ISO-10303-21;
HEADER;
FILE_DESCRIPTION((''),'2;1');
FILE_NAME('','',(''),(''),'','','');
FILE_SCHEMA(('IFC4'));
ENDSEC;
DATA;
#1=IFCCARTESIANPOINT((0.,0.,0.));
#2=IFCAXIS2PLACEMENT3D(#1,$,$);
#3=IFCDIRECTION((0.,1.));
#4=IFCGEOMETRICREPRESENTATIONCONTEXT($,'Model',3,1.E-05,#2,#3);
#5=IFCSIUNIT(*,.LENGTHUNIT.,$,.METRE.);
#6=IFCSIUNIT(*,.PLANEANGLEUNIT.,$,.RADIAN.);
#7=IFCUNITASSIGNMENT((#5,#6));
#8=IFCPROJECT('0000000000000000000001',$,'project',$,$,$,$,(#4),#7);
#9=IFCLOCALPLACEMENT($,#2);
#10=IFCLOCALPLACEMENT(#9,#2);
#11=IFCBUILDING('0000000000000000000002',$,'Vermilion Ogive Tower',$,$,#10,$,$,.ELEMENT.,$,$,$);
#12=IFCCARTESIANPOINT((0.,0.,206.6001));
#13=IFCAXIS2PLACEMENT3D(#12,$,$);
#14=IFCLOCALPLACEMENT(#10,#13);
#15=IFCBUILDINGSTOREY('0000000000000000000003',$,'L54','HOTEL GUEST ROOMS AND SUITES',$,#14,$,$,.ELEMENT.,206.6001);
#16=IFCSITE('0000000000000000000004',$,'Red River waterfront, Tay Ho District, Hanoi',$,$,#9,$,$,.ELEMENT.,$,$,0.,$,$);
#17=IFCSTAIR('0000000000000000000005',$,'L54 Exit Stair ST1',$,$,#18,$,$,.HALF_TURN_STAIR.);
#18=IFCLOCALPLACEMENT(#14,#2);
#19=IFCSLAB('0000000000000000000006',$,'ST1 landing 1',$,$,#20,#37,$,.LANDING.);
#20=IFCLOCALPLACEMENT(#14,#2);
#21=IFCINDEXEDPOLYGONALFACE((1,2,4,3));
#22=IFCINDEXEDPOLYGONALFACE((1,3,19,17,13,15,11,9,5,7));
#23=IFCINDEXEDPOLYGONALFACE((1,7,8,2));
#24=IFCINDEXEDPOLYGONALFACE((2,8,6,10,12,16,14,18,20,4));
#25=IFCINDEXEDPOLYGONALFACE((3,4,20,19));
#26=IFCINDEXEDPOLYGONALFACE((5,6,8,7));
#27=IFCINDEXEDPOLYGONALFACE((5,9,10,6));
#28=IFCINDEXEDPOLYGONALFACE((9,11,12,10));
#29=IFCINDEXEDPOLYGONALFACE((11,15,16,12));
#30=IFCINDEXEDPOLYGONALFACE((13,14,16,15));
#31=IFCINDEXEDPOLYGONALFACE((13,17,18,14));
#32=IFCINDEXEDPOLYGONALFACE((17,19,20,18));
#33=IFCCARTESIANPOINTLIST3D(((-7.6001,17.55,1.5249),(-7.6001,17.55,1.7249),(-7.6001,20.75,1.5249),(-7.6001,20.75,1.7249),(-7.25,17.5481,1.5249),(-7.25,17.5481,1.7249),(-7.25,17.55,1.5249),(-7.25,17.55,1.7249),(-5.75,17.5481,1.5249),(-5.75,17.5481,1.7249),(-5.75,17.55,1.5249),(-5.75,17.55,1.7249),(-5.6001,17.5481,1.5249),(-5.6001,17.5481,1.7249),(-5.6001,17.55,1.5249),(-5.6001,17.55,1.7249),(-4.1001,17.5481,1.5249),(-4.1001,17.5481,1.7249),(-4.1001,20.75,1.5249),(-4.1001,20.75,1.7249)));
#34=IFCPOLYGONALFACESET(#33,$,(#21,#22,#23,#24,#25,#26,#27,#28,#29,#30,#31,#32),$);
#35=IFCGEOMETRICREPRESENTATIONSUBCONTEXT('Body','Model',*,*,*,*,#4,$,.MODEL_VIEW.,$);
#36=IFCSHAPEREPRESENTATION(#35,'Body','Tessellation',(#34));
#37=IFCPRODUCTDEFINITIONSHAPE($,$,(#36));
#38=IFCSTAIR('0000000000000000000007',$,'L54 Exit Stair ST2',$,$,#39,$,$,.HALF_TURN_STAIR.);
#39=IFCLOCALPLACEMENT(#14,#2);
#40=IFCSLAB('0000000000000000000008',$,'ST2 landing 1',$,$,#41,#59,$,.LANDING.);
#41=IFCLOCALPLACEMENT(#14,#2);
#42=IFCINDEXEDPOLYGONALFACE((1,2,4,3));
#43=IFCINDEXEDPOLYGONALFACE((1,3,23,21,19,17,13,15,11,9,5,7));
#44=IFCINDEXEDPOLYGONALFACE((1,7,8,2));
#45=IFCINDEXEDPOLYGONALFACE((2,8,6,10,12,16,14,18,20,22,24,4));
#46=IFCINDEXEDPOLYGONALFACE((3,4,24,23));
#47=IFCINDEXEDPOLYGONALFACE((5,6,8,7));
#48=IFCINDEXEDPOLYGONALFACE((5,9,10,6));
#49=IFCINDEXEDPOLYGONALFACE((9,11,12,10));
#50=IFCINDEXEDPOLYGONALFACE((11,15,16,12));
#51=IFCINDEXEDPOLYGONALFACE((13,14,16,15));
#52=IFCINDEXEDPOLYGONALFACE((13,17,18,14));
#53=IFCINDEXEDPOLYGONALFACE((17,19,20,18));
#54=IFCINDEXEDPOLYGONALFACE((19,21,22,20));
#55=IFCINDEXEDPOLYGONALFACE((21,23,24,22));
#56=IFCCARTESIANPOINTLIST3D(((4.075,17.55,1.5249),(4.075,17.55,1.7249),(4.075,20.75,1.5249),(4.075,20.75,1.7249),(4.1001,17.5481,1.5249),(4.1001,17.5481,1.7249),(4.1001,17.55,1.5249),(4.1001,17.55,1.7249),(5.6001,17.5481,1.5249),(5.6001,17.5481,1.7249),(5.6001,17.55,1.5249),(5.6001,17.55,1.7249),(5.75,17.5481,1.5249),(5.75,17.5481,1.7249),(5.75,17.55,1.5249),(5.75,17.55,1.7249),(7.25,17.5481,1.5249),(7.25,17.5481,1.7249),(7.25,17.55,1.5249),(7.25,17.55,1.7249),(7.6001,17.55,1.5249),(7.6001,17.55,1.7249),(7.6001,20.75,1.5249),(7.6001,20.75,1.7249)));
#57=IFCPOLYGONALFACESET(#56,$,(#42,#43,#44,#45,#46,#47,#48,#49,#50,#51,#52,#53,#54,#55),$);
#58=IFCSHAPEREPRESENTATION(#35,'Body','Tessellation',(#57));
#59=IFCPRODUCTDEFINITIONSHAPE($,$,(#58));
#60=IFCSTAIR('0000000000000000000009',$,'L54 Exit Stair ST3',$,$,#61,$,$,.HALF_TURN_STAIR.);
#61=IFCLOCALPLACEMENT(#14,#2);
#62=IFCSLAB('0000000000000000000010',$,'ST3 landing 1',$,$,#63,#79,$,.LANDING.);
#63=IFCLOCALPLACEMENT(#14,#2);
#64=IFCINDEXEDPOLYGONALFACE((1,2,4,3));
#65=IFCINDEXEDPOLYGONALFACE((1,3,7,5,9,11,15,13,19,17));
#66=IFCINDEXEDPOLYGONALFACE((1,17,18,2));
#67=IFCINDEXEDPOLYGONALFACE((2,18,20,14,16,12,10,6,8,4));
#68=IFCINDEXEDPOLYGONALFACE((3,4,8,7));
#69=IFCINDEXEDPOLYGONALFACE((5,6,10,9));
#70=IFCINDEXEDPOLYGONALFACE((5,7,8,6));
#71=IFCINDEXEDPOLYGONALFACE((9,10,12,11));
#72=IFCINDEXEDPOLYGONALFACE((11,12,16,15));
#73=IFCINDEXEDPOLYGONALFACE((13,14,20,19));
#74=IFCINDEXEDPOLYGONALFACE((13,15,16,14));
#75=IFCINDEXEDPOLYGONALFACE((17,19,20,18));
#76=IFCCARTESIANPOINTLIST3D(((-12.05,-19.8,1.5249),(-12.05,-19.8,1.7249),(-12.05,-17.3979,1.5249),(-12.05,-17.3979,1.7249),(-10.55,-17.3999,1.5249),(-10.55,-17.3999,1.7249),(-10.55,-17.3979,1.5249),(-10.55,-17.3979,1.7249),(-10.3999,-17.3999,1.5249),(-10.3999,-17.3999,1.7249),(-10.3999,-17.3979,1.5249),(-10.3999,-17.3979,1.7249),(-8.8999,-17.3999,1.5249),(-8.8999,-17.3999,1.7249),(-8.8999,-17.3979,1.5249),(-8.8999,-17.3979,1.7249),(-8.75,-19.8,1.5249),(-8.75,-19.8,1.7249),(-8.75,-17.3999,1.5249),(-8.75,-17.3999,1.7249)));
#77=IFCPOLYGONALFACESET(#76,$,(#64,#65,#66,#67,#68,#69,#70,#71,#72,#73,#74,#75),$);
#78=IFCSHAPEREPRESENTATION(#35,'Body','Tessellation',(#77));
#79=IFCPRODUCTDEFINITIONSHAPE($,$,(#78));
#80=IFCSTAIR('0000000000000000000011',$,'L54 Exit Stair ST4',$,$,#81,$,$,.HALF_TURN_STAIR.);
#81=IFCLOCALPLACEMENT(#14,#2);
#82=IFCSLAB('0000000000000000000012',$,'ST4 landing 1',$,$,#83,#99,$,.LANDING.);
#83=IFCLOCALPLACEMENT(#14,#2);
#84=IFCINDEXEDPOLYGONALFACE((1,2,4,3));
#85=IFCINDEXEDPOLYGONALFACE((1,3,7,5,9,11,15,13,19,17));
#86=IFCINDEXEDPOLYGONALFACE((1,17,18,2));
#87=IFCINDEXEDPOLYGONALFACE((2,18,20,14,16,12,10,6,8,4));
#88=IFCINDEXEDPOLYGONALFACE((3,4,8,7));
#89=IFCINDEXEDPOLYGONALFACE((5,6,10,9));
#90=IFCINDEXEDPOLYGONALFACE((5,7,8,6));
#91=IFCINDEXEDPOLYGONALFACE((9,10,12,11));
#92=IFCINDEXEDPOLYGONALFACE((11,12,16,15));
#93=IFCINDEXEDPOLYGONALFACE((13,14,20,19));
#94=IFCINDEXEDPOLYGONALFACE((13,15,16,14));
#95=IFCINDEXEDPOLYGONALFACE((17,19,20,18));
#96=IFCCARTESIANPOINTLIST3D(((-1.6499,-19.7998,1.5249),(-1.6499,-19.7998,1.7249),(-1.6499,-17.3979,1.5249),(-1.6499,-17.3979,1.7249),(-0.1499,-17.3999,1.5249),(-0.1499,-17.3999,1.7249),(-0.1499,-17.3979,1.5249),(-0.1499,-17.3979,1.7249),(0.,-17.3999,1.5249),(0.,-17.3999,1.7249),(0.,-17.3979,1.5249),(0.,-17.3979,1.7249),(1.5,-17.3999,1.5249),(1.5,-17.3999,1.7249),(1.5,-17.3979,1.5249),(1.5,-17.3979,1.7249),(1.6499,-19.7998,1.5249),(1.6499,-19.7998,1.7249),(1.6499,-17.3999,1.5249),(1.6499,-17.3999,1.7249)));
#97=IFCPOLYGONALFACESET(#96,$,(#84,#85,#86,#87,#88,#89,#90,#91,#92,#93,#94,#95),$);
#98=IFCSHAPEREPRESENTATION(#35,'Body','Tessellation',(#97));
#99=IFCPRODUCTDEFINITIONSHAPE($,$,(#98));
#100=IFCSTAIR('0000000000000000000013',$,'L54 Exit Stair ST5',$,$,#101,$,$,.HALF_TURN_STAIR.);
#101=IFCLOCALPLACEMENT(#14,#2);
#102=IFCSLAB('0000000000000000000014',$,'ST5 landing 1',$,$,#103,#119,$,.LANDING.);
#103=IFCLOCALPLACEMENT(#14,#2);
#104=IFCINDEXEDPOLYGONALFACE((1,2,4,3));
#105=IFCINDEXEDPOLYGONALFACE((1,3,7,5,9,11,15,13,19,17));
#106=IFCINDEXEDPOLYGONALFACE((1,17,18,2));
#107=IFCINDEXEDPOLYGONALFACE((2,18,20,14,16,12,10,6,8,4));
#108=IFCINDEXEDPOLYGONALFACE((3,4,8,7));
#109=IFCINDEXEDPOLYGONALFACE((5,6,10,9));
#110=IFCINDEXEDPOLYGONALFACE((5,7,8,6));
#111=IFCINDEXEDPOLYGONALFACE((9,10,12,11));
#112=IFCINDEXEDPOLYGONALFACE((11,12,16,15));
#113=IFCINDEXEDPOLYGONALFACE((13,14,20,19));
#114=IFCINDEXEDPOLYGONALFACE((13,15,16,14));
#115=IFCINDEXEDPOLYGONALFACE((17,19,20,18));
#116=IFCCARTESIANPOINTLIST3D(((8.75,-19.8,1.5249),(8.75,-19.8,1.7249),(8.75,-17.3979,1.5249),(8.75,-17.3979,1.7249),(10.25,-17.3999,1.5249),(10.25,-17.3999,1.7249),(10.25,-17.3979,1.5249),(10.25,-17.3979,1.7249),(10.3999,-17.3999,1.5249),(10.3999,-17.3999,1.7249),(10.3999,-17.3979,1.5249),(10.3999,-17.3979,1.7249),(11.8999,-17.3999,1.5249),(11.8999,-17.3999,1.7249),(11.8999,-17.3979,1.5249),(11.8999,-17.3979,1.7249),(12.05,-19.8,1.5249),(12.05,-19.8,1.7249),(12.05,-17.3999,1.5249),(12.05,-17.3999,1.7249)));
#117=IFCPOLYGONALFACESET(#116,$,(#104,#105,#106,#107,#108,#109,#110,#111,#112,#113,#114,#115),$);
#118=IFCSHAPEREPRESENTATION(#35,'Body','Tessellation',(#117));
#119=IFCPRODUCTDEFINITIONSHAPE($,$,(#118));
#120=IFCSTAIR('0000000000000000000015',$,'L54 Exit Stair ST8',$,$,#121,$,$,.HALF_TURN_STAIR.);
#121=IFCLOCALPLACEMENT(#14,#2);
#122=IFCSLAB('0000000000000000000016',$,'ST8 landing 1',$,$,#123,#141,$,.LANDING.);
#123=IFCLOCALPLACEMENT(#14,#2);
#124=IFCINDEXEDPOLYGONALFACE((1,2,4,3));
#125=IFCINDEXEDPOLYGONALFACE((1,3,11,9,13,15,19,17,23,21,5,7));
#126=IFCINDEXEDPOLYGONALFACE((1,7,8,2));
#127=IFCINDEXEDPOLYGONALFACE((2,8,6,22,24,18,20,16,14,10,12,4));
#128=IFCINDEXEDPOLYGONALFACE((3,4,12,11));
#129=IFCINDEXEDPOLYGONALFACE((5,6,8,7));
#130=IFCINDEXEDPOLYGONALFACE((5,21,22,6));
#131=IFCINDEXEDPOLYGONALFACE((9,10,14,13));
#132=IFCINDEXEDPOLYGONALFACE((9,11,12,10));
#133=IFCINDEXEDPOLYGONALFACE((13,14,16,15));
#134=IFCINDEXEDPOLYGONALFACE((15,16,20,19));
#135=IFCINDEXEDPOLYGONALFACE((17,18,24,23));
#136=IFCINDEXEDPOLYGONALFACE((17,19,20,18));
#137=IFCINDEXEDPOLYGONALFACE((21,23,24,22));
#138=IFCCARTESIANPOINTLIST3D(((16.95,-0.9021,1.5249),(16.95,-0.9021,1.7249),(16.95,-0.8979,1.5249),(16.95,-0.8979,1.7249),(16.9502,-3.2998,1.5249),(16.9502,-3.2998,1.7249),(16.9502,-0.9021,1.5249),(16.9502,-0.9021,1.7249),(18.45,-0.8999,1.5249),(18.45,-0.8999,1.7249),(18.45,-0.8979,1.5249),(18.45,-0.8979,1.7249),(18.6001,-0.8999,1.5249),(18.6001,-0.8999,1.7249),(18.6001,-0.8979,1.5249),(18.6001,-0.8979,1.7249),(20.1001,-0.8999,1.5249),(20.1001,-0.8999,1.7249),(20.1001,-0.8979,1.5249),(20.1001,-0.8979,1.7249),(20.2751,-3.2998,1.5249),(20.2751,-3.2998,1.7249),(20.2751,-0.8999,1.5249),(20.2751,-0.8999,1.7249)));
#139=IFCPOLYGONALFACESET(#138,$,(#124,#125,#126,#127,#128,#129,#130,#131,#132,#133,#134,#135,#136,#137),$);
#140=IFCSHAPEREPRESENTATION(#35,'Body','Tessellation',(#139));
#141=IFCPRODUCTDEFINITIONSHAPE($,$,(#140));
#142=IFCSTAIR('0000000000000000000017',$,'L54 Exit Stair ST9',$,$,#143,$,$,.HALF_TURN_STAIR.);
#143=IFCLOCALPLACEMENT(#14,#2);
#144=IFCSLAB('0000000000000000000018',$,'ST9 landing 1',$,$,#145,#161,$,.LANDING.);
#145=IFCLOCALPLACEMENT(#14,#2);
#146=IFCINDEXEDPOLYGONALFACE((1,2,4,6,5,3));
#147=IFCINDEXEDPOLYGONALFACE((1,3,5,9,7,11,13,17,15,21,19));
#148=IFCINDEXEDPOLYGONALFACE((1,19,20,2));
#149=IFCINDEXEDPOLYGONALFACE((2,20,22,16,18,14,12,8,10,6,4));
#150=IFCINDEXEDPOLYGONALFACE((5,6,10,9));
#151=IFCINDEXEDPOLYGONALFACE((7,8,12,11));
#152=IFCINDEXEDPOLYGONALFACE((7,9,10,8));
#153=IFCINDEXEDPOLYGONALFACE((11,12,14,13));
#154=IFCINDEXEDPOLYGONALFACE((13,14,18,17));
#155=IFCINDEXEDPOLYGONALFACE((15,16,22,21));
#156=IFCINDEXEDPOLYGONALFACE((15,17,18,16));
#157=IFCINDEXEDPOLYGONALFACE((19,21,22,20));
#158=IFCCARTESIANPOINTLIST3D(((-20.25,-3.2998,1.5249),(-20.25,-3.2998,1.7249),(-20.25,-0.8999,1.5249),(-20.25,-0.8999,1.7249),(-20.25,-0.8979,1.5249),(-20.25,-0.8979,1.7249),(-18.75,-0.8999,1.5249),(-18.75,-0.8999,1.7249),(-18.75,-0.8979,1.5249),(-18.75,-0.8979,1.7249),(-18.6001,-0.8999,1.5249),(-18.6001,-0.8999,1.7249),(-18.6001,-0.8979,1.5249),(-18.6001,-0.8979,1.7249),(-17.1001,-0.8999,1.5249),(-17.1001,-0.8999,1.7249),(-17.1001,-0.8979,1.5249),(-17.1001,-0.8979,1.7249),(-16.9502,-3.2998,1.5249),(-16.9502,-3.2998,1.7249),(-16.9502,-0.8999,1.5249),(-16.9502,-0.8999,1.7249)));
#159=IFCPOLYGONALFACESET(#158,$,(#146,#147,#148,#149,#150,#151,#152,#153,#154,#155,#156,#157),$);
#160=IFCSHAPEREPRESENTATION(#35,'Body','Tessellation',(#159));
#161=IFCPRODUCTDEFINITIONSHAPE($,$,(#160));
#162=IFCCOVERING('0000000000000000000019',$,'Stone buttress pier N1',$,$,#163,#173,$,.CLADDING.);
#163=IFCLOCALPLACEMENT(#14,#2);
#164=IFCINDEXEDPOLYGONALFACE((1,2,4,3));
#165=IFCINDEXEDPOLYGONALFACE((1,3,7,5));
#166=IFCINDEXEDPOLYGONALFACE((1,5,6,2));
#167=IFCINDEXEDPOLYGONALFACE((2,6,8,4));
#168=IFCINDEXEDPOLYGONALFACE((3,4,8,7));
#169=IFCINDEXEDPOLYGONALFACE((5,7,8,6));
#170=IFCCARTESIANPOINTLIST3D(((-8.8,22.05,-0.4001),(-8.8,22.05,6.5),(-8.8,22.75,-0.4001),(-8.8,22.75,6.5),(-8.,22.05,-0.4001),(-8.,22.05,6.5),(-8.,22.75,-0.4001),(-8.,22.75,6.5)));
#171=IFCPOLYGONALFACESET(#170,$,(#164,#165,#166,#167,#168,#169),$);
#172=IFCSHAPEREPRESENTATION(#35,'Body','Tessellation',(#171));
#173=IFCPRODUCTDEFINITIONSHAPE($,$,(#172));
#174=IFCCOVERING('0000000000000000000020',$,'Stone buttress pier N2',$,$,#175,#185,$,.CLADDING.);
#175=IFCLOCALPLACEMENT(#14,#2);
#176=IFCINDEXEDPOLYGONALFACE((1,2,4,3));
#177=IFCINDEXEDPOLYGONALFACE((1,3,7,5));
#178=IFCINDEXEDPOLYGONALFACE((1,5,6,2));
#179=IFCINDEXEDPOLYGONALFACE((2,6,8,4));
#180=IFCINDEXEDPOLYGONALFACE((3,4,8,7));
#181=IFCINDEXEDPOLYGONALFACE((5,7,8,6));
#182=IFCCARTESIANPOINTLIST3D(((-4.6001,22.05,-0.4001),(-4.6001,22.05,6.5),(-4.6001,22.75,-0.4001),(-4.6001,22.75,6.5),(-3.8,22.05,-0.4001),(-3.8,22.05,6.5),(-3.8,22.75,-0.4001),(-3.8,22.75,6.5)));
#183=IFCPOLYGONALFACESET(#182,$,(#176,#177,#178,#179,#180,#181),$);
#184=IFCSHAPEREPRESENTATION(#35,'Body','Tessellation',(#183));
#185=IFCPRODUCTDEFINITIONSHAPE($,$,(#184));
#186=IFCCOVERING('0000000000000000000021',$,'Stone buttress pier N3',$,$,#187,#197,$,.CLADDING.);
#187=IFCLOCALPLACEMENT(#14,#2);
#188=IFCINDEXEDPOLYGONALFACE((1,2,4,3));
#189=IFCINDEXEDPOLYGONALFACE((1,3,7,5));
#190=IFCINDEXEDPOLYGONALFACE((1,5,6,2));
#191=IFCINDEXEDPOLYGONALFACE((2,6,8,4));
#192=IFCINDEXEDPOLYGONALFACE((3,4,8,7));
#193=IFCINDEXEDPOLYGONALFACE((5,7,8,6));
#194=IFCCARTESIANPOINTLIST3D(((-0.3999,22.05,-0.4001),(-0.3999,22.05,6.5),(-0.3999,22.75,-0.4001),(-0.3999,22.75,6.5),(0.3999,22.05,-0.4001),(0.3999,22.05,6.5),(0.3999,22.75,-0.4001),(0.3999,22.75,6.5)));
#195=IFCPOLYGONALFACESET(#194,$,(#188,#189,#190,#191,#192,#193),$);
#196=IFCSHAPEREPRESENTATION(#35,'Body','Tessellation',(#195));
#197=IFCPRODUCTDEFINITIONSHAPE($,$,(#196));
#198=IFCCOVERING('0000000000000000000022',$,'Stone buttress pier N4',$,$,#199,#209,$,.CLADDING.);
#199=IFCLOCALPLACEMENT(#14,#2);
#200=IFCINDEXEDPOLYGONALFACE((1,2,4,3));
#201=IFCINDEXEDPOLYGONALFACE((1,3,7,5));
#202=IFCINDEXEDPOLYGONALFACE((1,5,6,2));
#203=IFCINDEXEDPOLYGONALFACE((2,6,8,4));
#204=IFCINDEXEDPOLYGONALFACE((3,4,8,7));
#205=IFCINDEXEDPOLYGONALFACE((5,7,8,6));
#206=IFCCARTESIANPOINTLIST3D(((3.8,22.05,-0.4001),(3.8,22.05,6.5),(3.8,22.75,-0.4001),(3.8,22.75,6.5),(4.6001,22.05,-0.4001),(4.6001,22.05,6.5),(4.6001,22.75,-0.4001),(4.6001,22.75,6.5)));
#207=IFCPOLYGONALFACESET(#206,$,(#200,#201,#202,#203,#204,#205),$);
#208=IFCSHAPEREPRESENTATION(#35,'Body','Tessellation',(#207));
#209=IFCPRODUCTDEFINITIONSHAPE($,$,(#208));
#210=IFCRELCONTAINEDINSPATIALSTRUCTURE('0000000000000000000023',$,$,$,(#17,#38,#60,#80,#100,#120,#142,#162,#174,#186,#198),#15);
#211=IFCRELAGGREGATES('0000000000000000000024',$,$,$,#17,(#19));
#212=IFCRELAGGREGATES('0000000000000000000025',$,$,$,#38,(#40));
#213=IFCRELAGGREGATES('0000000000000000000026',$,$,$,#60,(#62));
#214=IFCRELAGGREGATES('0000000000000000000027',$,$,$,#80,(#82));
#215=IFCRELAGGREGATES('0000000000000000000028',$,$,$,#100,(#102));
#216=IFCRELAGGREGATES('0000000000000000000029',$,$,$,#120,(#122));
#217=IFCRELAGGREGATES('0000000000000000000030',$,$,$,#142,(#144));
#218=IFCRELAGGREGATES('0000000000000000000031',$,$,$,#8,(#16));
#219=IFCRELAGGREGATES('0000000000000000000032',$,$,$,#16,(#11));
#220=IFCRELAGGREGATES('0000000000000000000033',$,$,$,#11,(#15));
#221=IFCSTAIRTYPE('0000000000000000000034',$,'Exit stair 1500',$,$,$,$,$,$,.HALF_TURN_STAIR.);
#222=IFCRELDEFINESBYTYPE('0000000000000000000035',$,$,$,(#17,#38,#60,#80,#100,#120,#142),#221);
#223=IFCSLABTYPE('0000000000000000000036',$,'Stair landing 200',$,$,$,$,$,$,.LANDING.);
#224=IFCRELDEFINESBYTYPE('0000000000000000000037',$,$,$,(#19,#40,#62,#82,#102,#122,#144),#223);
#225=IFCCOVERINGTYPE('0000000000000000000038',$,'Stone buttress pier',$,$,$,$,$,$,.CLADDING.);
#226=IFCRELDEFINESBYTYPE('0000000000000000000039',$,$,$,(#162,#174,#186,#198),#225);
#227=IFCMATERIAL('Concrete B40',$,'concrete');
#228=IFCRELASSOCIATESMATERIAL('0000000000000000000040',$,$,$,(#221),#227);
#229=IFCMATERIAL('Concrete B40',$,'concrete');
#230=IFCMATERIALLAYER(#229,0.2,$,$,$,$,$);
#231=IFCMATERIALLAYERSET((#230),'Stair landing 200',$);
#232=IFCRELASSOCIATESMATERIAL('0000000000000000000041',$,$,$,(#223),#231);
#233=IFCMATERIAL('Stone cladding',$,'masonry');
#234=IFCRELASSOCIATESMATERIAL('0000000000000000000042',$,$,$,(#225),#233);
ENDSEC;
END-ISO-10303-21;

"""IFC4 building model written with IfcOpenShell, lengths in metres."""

from ifc_helpers import new_model, si_unit, direction, frame, origin, place, context, subcontext, project, spatial, polyline, outline, extrude, material, layer, layer_set, type_object, element, aggregate, save


model = new_model("IFC4")

# Units and contexts
model_context = context("Model", 3, precision=1e-05, world=origin(), true_north=direction((0.0, 1.0)))
body_context = subcontext(model_context, "Body", "Model", "MODEL_VIEW")
ifc_project = project(units=[si_unit("LENGTHUNIT", "METRE"), si_unit("PLANEANGLEUNIT", "RADIAN")], contexts=[model_context])

# Site, building, storey
site_placement = place(None, origin())
site = spatial("IfcSite", under=ifc_project, at=site_placement, Name="Red River waterfront, Tay Ho District, Hanoi", CompositionType="ELEMENT", RefElevation=0.0)
building_placement = place(site_placement, origin())
building = spatial("IfcBuilding", under=site, at=building_placement, Name="Vermilion Ogive Tower", CompositionType="ELEMENT")
storey_placement = place(building_placement, frame((0.0, 0.0, 206.6001)))
storey = spatial("IfcBuildingStorey", under=building, at=storey_placement, Name="L54", Description="HOTEL GUEST ROOMS AND SUITES", CompositionType="ELEMENT", Elevation=206.6001)

# Stairs, slabs
ifc_material_1 = material(Name="Concrete B40", Category="concrete")
stair_type = type_object("IfcStairType", Name="Exit stair 1500", PredefinedType="HALF_TURN_STAIR", material=ifc_material_1)
stair_1_placement = place(storey_placement, origin())
stair_1 = element("IfcStair", 1, at=stair_1_placement, inside=storey, type_object=stair_type, Name="L54 Exit Stair ST1", PredefinedType="HALF_TURN_STAIR")
ifc_material_2 = material(Name="Concrete B40", Category="concrete")
ifc_layer = layer(ifc_material_2, 0.2)
ifc_layer_set = layer_set([ifc_layer], Name="Stair landing 200")
slab_type = type_object("IfcSlabType", Name="Stair landing 200", PredefinedType="LANDING", material=ifc_layer_set)
slab_1_placement = place(storey_placement, frame((0.0, 0.0, 1.5249)))
slab_1 = element("IfcSlab", 2, at=slab_1_placement, type_object=slab_type, Name="ST1 landing 1", PredefinedType="LANDING", context=body_context, shape_type="SweptSolid", body=[
    extrude(outline(polyline([(-7.6001, 17.55), (-7.25, 17.55), (-7.25, 17.5481), (-5.75, 17.5481), (-5.75, 17.55), (-5.6001, 17.55), (-5.6001, 17.5481), (-4.1001, 17.5481), (-4.1001, 20.75), (-7.6001, 20.75), (-7.6001, 17.55)])), origin(), (0.0, 0.0, 1.0), 0.2),
])
aggregate(stair_1, [slab_1])
stair_2_placement = place(storey_placement, origin())
stair_2 = element("IfcStair", 3, at=stair_2_placement, inside=storey, type_object=stair_type, Name="L54 Exit Stair ST2", PredefinedType="HALF_TURN_STAIR")
slab_2_placement = place(storey_placement, frame((0.0, 0.0, 1.5249)))
slab_2 = element("IfcSlab", 4, at=slab_2_placement, type_object=slab_type, Name="ST2 landing 1", PredefinedType="LANDING", context=body_context, shape_type="SweptSolid", body=[
    extrude(outline(polyline([(5.6001, 17.55), (5.75, 17.55), (5.75, 17.5481), (7.25, 17.5481), (7.25, 17.55), (7.6001, 17.55), (7.6001, 20.75), (4.075, 20.75), (4.075, 17.55), (4.1001, 17.55), (4.1001, 17.5481), (5.6001, 17.5481), (5.6001, 17.55)])), origin(), (0.0, 0.0, 1.0), 0.2),
])
aggregate(stair_2, [slab_2])
stair_3_placement = place(storey_placement, origin())
stair_3 = element("IfcStair", 5, at=stair_3_placement, inside=storey, type_object=stair_type, Name="L54 Exit Stair ST3", PredefinedType="HALF_TURN_STAIR")
slab_3_placement = place(storey_placement, frame((0.0, 0.0, 1.5249)))
slab_3 = element("IfcSlab", 6, at=slab_3_placement, type_object=slab_type, Name="ST3 landing 1", PredefinedType="LANDING", context=body_context, shape_type="SweptSolid", body=[
    extrude(outline(polyline([(-8.75, -17.3999), (-8.8999, -17.3999), (-8.8999, -17.3979), (-10.3999, -17.3979), (-10.3999, -17.3999), (-10.55, -17.3999), (-10.55, -17.3979), (-12.05, -17.3979), (-12.05, -19.8), (-8.75, -19.8), (-8.75, -17.3999)])), origin(), (0.0, 0.0, 1.0), 0.2),
])
aggregate(stair_3, [slab_3])
stair_4_placement = place(storey_placement, origin())
stair_4 = element("IfcStair", 7, at=stair_4_placement, inside=storey, type_object=stair_type, Name="L54 Exit Stair ST4", PredefinedType="HALF_TURN_STAIR")
slab_4_placement = place(storey_placement, frame((0.0, 0.0, 1.5249)))
slab_4 = element("IfcSlab", 8, at=slab_4_placement, type_object=slab_type, Name="ST4 landing 1", PredefinedType="LANDING", context=body_context, shape_type="SweptSolid", body=[
    extrude(outline(polyline([(1.6499, -17.3999), (1.5, -17.3999), (1.5, -17.3979), (0.0, -17.3979), (0.0, -17.3999), (-0.1499, -17.3999), (-0.1499, -17.3979), (-1.6499, -17.3979), (-1.6499, -19.7998), (1.6499, -19.7998), (1.6499, -17.3999)])), origin(), (0.0, 0.0, 1.0), 0.2),
])
aggregate(stair_4, [slab_4])
stair_5_placement = place(storey_placement, origin())
stair_5 = element("IfcStair", 9, at=stair_5_placement, inside=storey, type_object=stair_type, Name="L54 Exit Stair ST5", PredefinedType="HALF_TURN_STAIR")
slab_5_placement = place(storey_placement, frame((0.0, 0.0, 1.5249)))
slab_5 = element("IfcSlab", 10, at=slab_5_placement, type_object=slab_type, Name="ST5 landing 1", PredefinedType="LANDING", context=body_context, shape_type="SweptSolid", body=[
    extrude(outline(polyline([(12.05, -17.3999), (11.8999, -17.3999), (11.8999, -17.3979), (10.3999, -17.3979), (10.3999, -17.3999), (10.25, -17.3999), (10.25, -17.3979), (8.75, -17.3979), (8.75, -19.8), (12.05, -19.8), (12.05, -17.3999)])), origin(), (0.0, 0.0, 1.0), 0.2),
])
aggregate(stair_5, [slab_5])
stair_6_placement = place(storey_placement, origin())
stair_6 = element("IfcStair", 11, at=stair_6_placement, inside=storey, type_object=stair_type, Name="L54 Exit Stair ST8", PredefinedType="HALF_TURN_STAIR")
slab_6_placement = place(storey_placement, frame((0.0, 0.0, 1.5249)))
slab_6 = element("IfcSlab", 12, at=slab_6_placement, type_object=slab_type, Name="ST8 landing 1", PredefinedType="LANDING", context=body_context, shape_type="SweptSolid", body=[
    extrude(outline(polyline([(20.2751, -0.8999), (20.1001, -0.8999), (20.1001, -0.8979), (18.6001, -0.8979), (18.6001, -0.8999), (18.45, -0.8999), (18.45, -0.8979), (16.95, -0.8979), (16.95, -0.9021), (16.9502, -0.9021), (16.9502, -3.2998), (20.2751, -3.2998), (20.2751, -0.8999)])), origin(), (0.0, 0.0, 1.0), 0.2),
])
aggregate(stair_6, [slab_6])
stair_7_placement = place(storey_placement, origin())
stair_7 = element("IfcStair", 13, at=stair_7_placement, inside=storey, type_object=stair_type, Name="L54 Exit Stair ST9", PredefinedType="HALF_TURN_STAIR")
slab_7_placement = place(storey_placement, frame((0.0, 0.0, 1.5249)))
slab_7 = element("IfcSlab", 14, at=slab_7_placement, type_object=slab_type, Name="ST9 landing 1", PredefinedType="LANDING", context=body_context, shape_type="SweptSolid", body=[
    extrude(outline(polyline([(-16.9502, -0.8999), (-17.1001, -0.8999), (-17.1001, -0.8979), (-18.6001, -0.8979), (-18.6001, -0.8999), (-18.75, -0.8999), (-18.75, -0.8979), (-20.25, -0.8979), (-20.25, -0.8999), (-20.25, -0.8999), (-20.25, -3.2998), (-16.9502, -3.2998), (-16.9502, -0.8999)])), origin(), (0.0, 0.0, 1.0), 0.2),
])
aggregate(stair_7, [slab_7])

# Coverings
ifc_material_3 = material(Name="Stone cladding", Category="masonry")
covering_type_1 = type_object("IfcCoveringType", Name="Stone buttress pier", PredefinedType="CLADDING", material=ifc_material_3)
covering_1_placement = place(storey_placement, frame((0.0, 0.0, -0.4001)))
element("IfcCovering", 15, at=covering_1_placement, inside=storey, type_object=covering_type_1, Name="Stone buttress pier N1", PredefinedType="CLADDING", context=body_context, shape_type="SweptSolid", body=[
    extrude(outline(polyline([(-8.0, 22.75), (-8.0, 22.05), (-8.8, 22.05), (-8.8, 22.75), (-8.0, 22.75)])), origin(), (0.0, 0.0, 1.0), 6.9001),
])
covering_2_placement = place(storey_placement, frame((0.0, 0.0, -0.4001)))
element("IfcCovering", 16, at=covering_2_placement, inside=storey, type_object=covering_type_1, Name="Stone buttress pier N2", PredefinedType="CLADDING", context=body_context, shape_type="SweptSolid", body=[
    extrude(outline(polyline([(-3.8, 22.75), (-3.8, 22.05), (-4.6001, 22.05), (-4.6001, 22.75), (-3.8, 22.75)])), origin(), (0.0, 0.0, 1.0), 6.9001),
])
covering_3_placement = place(storey_placement, frame((0.0, 0.0, -0.4001)))
element("IfcCovering", 17, at=covering_3_placement, inside=storey, type_object=covering_type_1, Name="Stone buttress pier N3", PredefinedType="CLADDING", context=body_context, shape_type="SweptSolid", body=[
    extrude(outline(polyline([(0.3999, 22.75), (0.3999, 22.05), (-0.3999, 22.05), (-0.3999, 22.75), (0.3999, 22.75)])), origin(), (0.0, 0.0, 1.0), 6.9001),
])
covering_4_placement = place(storey_placement, frame((0.0, 0.0, -0.4001)))
element("IfcCovering", 18, at=covering_4_placement, inside=storey, type_object=covering_type_1, Name="Stone buttress pier N4", PredefinedType="CLADDING", context=body_context, shape_type="SweptSolid", body=[
    extrude(outline(polyline([(4.6001, 22.75), (4.6001, 22.05), (3.8, 22.05), (3.8, 22.75), (4.6001, 22.75)])), origin(), (0.0, 0.0, 1.0), 6.9001),
])

save(model, "model.ifc")
